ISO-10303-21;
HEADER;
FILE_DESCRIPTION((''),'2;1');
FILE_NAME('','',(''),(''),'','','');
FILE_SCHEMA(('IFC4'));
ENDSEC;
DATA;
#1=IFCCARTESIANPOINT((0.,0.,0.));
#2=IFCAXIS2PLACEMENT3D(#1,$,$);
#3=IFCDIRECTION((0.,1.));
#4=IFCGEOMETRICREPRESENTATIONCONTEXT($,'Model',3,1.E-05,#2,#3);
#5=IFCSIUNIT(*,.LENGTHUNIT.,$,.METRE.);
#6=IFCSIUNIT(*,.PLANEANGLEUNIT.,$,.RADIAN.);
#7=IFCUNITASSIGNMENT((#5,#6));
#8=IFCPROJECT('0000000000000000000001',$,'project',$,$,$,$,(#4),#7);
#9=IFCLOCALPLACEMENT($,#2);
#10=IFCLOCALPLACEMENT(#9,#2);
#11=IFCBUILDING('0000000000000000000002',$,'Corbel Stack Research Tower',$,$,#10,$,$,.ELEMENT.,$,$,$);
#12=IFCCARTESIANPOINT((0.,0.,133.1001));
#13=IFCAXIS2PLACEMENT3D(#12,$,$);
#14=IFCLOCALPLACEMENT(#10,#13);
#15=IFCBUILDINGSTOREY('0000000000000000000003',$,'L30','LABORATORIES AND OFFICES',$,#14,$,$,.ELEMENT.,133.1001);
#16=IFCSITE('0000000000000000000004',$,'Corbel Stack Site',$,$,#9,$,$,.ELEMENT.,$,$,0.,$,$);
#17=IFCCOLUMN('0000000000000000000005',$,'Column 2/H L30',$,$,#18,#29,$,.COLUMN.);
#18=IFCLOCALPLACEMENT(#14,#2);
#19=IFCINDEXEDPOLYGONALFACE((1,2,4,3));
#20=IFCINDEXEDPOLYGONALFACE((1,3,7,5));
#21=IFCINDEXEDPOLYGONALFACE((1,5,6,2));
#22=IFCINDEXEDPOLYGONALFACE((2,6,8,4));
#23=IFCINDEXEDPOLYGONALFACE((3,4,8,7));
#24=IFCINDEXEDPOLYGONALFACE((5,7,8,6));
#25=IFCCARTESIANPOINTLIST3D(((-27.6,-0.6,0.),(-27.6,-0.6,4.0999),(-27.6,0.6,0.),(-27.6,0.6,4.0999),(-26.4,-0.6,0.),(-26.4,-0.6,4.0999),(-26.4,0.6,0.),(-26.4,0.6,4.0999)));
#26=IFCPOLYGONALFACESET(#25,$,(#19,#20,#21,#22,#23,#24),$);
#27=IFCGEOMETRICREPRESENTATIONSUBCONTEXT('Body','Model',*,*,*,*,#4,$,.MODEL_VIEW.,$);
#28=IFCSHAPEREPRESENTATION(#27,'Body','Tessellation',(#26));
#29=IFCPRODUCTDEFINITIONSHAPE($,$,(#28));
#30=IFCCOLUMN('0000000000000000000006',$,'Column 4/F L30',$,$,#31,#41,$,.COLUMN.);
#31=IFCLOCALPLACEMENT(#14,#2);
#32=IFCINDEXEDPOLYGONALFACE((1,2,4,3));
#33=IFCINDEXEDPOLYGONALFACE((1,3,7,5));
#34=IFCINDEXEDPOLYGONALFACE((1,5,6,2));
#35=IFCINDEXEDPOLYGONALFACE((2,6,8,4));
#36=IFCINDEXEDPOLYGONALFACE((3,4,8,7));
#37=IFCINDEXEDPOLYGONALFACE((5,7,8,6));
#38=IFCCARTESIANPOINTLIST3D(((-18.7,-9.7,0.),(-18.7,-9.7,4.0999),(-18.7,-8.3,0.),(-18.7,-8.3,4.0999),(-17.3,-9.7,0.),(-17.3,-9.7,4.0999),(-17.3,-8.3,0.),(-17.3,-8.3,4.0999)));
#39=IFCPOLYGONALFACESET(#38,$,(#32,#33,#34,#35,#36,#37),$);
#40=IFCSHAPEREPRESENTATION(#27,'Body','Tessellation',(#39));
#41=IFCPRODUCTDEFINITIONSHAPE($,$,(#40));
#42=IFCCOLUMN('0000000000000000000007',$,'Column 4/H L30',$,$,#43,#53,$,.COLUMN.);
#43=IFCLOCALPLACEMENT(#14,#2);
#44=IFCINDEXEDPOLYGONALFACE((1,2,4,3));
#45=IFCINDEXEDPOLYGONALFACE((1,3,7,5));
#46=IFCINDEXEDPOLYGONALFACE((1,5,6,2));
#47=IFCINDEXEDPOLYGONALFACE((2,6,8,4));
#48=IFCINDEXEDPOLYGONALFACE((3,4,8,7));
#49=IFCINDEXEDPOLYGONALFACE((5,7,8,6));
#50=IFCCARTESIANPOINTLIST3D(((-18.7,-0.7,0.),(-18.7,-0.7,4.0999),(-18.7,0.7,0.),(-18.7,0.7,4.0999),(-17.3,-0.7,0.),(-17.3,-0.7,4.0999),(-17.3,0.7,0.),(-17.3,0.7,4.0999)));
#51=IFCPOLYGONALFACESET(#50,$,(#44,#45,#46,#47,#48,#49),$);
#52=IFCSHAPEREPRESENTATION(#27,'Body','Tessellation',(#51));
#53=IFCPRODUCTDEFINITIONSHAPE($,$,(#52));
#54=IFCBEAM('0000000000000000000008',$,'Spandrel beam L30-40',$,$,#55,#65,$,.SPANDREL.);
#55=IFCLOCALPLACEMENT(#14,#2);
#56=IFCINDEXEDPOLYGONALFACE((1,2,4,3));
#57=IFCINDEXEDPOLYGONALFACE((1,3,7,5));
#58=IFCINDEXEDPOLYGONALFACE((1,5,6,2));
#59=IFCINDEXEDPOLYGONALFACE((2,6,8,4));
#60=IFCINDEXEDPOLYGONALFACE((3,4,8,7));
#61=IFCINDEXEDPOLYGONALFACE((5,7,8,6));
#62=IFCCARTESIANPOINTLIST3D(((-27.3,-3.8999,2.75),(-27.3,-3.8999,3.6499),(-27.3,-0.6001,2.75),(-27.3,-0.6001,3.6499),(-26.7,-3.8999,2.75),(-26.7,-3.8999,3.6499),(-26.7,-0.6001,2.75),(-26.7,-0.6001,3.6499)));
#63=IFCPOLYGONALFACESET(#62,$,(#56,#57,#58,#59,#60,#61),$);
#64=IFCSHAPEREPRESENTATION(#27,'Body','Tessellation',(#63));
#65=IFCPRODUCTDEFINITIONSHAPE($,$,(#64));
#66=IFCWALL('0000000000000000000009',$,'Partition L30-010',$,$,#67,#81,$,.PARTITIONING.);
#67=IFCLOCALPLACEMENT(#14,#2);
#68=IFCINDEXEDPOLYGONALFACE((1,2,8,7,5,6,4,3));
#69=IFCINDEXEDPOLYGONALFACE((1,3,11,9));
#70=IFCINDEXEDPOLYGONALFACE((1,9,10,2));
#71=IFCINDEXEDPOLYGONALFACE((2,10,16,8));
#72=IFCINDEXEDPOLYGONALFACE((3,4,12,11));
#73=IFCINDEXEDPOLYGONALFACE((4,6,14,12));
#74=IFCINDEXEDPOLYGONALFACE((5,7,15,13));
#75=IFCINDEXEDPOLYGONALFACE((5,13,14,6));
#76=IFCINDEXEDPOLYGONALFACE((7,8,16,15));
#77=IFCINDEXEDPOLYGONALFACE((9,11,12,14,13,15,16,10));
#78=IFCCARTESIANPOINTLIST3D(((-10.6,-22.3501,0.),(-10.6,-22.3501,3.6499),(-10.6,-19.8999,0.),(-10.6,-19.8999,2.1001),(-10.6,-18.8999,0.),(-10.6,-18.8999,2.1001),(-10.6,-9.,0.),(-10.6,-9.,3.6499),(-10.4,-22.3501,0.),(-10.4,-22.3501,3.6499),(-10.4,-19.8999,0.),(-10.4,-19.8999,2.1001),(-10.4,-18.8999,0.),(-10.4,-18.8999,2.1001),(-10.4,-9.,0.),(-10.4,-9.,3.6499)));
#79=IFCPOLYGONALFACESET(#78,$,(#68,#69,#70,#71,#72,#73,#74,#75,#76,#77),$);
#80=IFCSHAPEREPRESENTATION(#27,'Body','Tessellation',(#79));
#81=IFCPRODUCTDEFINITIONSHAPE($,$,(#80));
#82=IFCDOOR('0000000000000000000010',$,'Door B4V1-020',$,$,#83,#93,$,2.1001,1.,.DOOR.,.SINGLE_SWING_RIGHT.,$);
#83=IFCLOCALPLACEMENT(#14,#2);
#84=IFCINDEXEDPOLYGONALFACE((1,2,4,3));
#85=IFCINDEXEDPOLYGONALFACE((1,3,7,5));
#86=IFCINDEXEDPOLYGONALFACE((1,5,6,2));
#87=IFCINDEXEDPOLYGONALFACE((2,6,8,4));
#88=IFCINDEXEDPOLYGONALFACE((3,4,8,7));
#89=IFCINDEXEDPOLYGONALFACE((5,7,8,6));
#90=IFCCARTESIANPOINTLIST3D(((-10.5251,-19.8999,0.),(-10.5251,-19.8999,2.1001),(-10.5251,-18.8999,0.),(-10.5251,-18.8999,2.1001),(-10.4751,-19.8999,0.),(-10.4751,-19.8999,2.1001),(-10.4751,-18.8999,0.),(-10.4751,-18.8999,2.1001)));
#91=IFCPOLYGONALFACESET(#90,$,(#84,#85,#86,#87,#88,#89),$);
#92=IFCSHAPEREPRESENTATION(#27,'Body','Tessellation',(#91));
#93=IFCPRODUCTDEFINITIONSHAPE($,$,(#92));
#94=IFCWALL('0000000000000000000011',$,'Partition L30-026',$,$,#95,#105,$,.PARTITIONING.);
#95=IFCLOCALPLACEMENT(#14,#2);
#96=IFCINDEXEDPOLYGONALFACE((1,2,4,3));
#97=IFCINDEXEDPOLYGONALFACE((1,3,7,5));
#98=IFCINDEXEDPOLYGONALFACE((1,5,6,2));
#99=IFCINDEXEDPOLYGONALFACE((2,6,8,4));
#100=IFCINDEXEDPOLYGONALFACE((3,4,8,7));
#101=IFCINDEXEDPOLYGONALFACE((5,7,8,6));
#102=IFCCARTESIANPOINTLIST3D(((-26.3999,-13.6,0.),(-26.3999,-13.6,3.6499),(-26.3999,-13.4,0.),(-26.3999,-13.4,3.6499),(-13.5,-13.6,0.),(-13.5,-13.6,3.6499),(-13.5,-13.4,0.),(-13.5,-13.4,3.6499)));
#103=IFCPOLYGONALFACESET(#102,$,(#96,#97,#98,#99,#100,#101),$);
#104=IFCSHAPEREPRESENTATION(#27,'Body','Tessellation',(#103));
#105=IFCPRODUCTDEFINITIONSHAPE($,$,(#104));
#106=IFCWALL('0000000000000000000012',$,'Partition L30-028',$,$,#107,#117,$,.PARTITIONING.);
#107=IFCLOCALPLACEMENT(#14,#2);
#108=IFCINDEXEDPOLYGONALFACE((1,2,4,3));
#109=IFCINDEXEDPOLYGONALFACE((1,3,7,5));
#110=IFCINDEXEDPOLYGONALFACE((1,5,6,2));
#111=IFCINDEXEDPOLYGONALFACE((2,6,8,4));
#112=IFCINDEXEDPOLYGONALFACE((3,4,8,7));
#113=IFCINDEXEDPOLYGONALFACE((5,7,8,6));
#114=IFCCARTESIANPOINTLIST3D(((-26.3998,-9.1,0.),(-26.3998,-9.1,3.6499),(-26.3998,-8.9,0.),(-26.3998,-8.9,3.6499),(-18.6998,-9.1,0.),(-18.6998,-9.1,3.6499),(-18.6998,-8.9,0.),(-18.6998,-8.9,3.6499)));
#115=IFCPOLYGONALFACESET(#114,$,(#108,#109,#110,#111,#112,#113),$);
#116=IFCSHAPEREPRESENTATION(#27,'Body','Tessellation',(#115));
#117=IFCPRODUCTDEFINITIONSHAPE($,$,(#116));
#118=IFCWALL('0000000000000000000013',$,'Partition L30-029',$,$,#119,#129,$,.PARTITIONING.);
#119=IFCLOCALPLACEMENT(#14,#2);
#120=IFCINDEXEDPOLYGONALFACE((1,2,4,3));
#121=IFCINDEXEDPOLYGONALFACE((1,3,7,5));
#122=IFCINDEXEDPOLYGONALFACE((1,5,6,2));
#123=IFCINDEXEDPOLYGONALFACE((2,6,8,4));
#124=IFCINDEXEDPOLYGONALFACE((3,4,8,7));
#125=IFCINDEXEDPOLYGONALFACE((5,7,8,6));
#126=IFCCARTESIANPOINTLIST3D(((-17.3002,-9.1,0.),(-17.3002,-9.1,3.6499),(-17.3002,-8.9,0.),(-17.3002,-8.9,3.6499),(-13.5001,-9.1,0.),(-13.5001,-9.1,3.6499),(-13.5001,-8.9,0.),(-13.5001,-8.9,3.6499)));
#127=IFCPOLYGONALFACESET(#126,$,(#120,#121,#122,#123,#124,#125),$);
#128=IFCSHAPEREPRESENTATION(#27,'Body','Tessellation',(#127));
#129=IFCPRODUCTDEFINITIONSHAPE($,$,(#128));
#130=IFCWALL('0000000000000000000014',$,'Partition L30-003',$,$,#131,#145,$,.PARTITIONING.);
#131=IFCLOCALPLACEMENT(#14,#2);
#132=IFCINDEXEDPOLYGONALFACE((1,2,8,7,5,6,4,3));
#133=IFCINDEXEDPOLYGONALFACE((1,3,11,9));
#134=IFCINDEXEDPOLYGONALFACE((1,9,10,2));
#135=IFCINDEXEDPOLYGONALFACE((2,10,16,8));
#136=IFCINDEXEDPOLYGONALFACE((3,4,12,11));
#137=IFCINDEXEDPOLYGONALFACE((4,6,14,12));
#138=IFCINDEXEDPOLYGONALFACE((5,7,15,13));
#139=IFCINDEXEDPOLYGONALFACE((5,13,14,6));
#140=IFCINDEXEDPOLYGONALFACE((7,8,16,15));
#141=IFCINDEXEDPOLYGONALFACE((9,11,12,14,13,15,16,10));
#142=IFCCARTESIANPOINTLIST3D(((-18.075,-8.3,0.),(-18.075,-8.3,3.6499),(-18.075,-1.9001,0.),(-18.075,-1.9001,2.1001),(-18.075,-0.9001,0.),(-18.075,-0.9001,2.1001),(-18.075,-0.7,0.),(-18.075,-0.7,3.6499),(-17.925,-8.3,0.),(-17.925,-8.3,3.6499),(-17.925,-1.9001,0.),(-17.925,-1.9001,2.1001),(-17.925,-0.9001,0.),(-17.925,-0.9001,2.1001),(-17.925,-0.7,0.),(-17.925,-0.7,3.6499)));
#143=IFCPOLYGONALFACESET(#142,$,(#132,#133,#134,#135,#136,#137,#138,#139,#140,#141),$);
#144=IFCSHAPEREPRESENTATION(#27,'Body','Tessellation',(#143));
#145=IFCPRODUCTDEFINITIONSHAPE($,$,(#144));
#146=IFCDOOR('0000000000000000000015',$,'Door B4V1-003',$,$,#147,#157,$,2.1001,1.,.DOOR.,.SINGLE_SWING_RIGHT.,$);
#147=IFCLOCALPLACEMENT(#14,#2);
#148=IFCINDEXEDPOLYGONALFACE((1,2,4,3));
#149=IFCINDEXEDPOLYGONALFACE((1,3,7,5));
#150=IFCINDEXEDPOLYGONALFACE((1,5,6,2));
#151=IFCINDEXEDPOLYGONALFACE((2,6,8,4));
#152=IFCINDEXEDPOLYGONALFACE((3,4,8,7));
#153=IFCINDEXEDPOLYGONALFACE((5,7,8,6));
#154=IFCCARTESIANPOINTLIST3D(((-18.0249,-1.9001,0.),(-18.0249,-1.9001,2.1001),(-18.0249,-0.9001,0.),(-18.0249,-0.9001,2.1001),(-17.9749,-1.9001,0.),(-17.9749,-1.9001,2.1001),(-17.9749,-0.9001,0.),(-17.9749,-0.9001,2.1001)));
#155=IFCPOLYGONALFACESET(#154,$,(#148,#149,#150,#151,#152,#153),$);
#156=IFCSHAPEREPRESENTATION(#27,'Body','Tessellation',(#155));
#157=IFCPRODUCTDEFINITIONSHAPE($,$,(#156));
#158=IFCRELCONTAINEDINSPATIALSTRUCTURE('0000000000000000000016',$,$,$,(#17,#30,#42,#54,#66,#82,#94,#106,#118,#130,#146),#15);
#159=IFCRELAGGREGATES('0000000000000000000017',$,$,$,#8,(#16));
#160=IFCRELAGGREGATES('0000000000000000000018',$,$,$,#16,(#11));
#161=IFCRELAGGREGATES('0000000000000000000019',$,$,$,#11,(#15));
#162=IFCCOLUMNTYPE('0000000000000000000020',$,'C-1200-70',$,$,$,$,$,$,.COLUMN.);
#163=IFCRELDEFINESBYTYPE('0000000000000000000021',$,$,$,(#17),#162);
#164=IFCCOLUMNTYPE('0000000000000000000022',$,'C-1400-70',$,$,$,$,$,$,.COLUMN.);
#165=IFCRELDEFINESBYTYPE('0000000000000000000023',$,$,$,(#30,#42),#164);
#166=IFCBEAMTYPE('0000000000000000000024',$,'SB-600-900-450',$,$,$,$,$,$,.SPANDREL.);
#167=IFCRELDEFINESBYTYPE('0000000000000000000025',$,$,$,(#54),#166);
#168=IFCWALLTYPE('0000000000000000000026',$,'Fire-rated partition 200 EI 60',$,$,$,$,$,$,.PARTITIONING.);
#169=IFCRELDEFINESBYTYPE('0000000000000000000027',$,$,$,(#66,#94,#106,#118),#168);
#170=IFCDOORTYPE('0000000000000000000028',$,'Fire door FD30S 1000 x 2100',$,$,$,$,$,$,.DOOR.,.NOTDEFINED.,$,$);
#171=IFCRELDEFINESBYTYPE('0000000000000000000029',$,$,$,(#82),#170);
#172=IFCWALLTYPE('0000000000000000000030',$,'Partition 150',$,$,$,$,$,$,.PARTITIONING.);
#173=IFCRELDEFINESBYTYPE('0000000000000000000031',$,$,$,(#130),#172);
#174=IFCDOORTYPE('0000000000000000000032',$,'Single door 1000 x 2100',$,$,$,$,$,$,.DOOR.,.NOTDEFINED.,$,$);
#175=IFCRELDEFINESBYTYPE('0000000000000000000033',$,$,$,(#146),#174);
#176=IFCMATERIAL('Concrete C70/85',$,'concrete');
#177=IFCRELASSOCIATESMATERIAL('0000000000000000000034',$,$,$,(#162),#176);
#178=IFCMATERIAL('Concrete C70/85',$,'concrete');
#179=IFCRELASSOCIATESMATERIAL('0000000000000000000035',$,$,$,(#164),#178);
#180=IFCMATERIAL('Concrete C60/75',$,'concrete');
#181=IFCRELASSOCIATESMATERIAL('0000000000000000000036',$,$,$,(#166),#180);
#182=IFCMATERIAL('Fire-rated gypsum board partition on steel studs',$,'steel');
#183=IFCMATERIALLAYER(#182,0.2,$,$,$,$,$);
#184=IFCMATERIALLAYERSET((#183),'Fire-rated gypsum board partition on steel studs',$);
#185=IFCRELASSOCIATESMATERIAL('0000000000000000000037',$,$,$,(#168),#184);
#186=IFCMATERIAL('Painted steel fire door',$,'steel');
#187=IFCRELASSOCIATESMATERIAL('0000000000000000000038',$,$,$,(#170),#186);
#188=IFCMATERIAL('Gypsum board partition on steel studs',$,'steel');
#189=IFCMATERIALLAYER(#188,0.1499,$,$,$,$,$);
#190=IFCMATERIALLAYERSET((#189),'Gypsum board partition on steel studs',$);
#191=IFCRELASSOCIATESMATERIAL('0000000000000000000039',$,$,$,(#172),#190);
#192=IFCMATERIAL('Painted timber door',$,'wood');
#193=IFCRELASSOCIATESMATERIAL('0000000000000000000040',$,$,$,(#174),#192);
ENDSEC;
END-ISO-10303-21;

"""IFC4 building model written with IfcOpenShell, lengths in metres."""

from ifc_helpers import new_model, si_unit, direction, frame, frame_2d, origin, origin_2d, place, context, subcontext, project, spatial, rectangle, extrude, material, layer, layer_set, material_profile, profile_set, type_object, element, fill, save


model = new_model("IFC4")

# Units and contexts
model_context = context("Model", 3, precision=1e-05, world=origin(), true_north=direction((0.0, 1.0)))
body_context = subcontext(model_context, "Body", "Model", "MODEL_VIEW")
ifc_project = project(units=[si_unit("LENGTHUNIT", "METRE"), si_unit("PLANEANGLEUNIT", "RADIAN")], contexts=[model_context])

# Site, building, storey
site_placement = place(None, origin())
site = spatial("IfcSite", under=ifc_project, at=site_placement, Name="Corbel Stack Site", CompositionType="ELEMENT", RefElevation=0.0)
building_placement = place(site_placement, origin())
building = spatial("IfcBuilding", under=site, at=building_placement, Name="Corbel Stack Research Tower", CompositionType="ELEMENT")
storey_placement = place(building_placement, frame((0.0, 0.0, 133.1001)))
storey = spatial("IfcBuildingStorey", under=building, at=storey_placement, Name="L30", Description="LABORATORIES AND OFFICES", CompositionType="ELEMENT", Elevation=133.1001)

# Columns
ifc_material_1 = material(Name="Concrete C70/85", Category="concrete")
ifc_material_profile_1 = material_profile(ifc_material_1, rectangle(XDim=1.2, YDim=1.2, at=origin_2d()), Name="RC 1200 x 1200")
ifc_profile_set_1 = profile_set([ifc_material_profile_1], Name="Concrete C70/85")
column_type_1 = type_object("IfcColumnType", Name="C-1200-70", PredefinedType="COLUMN", material=ifc_profile_set_1)
column_placement = place(storey_placement, frame((-27.0, 0.0, 0.0), z_axis=(0.0, 0.0, 1.0), x_axis=(1.0, 0.0, 0.0)))
element("IfcColumn", 1, at=column_placement, inside=storey, type_object=column_type_1, Name="Column 2/H L30", PredefinedType="COLUMN", context=body_context, shape_type="SweptSolid", body=[
    extrude(rectangle(XDim=1.2, YDim=1.2, at=origin_2d()), origin(), (0.0, 0.0, 1.0), 4.0999),
])
ifc_material_2 = material(Name="Concrete C70/85", Category="concrete")
ifc_material_profile_2 = material_profile(ifc_material_2, rectangle(XDim=1.3999, YDim=1.3999, at=origin_2d()), Name="RC 1400 x 1400")
ifc_profile_set_2 = profile_set([ifc_material_profile_2], Name="Concrete C70/85")
column_type_2 = type_object("IfcColumnType", Name="C-1400-70", PredefinedType="COLUMN", material=ifc_profile_set_2)
for number, where, z_axis, x_axis, name in (
    (2, (-18.0, -9.0, 0.0), (0.0, 0.0, 1.0), (1.0, 0.0, 0.0), "Column 4/F L30"),
    (3, (-18.0, 0.0, 0.0), (0.0, 0.0, 1.0), (1.0, 0.0, 0.0), "Column 4/H L30"),
):
    element("IfcColumn", number, at=place(storey_placement, frame(where, z_axis=z_axis, x_axis=x_axis)), inside=storey, type_object=column_type_2, Name=name, PredefinedType="COLUMN", context=body_context, shape_type="SweptSolid", body=[
        extrude(rectangle(XDim=1.3999, YDim=1.3999, at=origin_2d()), origin(), (0.0, 0.0, 1.0), 4.0999),
    ])

# Beam
ifc_material_3 = material(Name="Concrete C60/75", Category="concrete")
ifc_material_profile_3 = material_profile(ifc_material_3, rectangle(XDim=0.6001, YDim=0.8999, at=origin_2d()), Name="RC 600 x 900")
ifc_profile_set_3 = profile_set([ifc_material_profile_3], Name="Concrete C60/75")
beam_type = type_object("IfcBeamType", Name="SB-600-900-450", PredefinedType="SPANDREL", material=ifc_profile_set_3)
beam_placement = place(storey_placement, frame((-27.0, -0.6001, 3.2), z_axis=(0.0, -1.0, 0.0), x_axis=(1.0, 0.0, 0.0)))
element("IfcBeam", 4, at=beam_placement, inside=storey, type_object=beam_type, Name="Spandrel beam L30-40", PredefinedType="SPANDREL", context=body_context, shape_type="SweptSolid", body=[
    extrude(rectangle(XDim=0.6001, YDim=0.8999, at=origin_2d()), origin(), (0.0, 0.0, 1.0), 3.2998),
])

# Wall, opening, door
ifc_material_4 = material(Name="Fire-rated gypsum board partition on steel studs", Category="steel")
ifc_layer_1 = layer(ifc_material_4, 0.2)
ifc_layer_set_1 = layer_set([ifc_layer_1], Name="Fire-rated gypsum board partition on steel studs")
wall_type_1 = type_object("IfcWallType", Name="Fire-rated partition 200 EI 60", PredefinedType="PARTITIONING", material=ifc_layer_set_1)
wall_1_placement = place(storey_placement, frame((-10.5, -9.0, 0.0), z_axis=(0.0, 0.0, 1.0), x_axis=(0.0, -1.0, 0.0)))
wall_1 = element("IfcWall", 5, at=wall_1_placement, inside=storey, type_object=wall_type_1, Name="Partition L30-010", PredefinedType="PARTITIONING", context=body_context, shape_type="SweptSolid", body=[
    extrude(rectangle(XDim=13.3501, YDim=0.2, at=frame_2d((6.675, 0.0))), origin(), (0.0, 0.0, 1.0), 3.6499),
])
opening_1_placement = place(wall_1_placement, frame((9.8999, 0.0, 0.0)))
opening_1 = element("IfcOpeningElement", 6, at=opening_1_placement, cuts=wall_1, PredefinedType="OPENING", context=body_context, shape_type="SweptSolid", body=[
    extrude(rectangle(XDim=1.0, YDim=2.1001, at=frame_2d((0.5, 1.05))), frame((0.0, 0.1099, 0.0), z_axis=(0.0, -1.0, 0.0), x_axis=(1.0, 0.0, 0.0)), (0.0, 0.0, 1.0), 0.22),
])
ifc_material_5 = material(Name="Painted steel fire door", Category="steel")
door_type_1 = type_object("IfcDoorType", Name="Fire door FD30S 1000 x 2100", OperationType="NOTDEFINED", PredefinedType="DOOR", material=ifc_material_5)
door_1_placement = place(opening_1_placement, origin())
door_1 = element("IfcDoor", 7, at=door_1_placement, inside=storey, type_object=door_type_1, Name="Door B4V1-020", OperationType="SINGLE_SWING_RIGHT", OverallHeight=2.1001, OverallWidth=1.0, PredefinedType="DOOR", context=body_context, shape_type="SweptSolid", body=[
    extrude(rectangle(XDim=1.0, YDim=2.1001, at=frame_2d((0.5, 1.05))), frame((0.0, 0.0249, 0.0), z_axis=(0.0, -1.0, 0.0), x_axis=(1.0, 0.0, 0.0)), (0.0, 0.0, 1.0), 0.05),
])
fill(opening_1, door_1)

# Walls
wall_2_placement = place(storey_placement, frame((-26.3999, -13.5, 0.0), z_axis=(0.0, 0.0, 1.0), x_axis=(1.0, 0.0, 0.0)))
element("IfcWall", 8, at=wall_2_placement, inside=storey, type_object=wall_type_1, Name="Partition L30-026", PredefinedType="PARTITIONING", context=body_context, shape_type="SweptSolid", body=[
    extrude(rectangle(XDim=12.8999, YDim=0.2, at=frame_2d((6.45, 0.0))), origin(), (0.0, 0.0, 1.0), 3.6499),
])
wall_3_placement = place(storey_placement, frame((-26.3999, -9.0, 0.0), z_axis=(0.0, 0.0, 1.0), x_axis=(1.0, 0.0, 0.0)))
element("IfcWall", 9, at=wall_3_placement, inside=storey, type_object=wall_type_1, Name="Partition L30-028", PredefinedType="PARTITIONING", context=body_context, shape_type="SweptSolid", body=[
    extrude(rectangle(XDim=7.7, YDim=0.2, at=frame_2d((3.8501, 0.0))), origin(), (0.0, 0.0, 1.0), 3.6499),
])
wall_4_placement = place(storey_placement, frame((-17.3, -9.0, 0.0), z_axis=(0.0, 0.0, 1.0), x_axis=(1.0, 0.0, 0.0)))
element("IfcWall", 10, at=wall_4_placement, inside=storey, type_object=wall_type_1, Name="Partition L30-029", PredefinedType="PARTITIONING", context=body_context, shape_type="SweptSolid", body=[
    extrude(rectangle(XDim=3.8, YDim=0.2, at=frame_2d((1.8999, 0.0))), origin(), (0.0, 0.0, 1.0), 3.6499),
])

# Wall, opening, door
ifc_material_6 = material(Name="Gypsum board partition on steel studs", Category="steel")
ifc_layer_2 = layer(ifc_material_6, 0.1499)
ifc_layer_set_2 = layer_set([ifc_layer_2], Name="Gypsum board partition on steel studs")
wall_type_2 = type_object("IfcWallType", Name="Partition 150", PredefinedType="PARTITIONING", material=ifc_layer_set_2)
wall_5_placement = place(storey_placement, frame((-18.0, -8.3, 0.0), z_axis=(0.0, 0.0, 1.0), x_axis=(0.0, 1.0, 0.0)))
wall_5 = element("IfcWall", 11, at=wall_5_placement, inside=storey, type_object=wall_type_2, Name="Partition L30-003", PredefinedType="PARTITIONING", context=body_context, shape_type="SweptSolid", body=[
    extrude(rectangle(XDim=7.6001, YDim=0.1499, at=frame_2d((3.8, 0.0))), origin(), (0.0, 0.0, 1.0), 3.6499),
])
opening_2_placement = place(wall_5_placement, frame((6.3999, 0.0, 0.0)))
opening_2 = element("IfcOpeningElement", 12, at=opening_2_placement, cuts=wall_5, PredefinedType="OPENING", context=body_context, shape_type="SweptSolid", body=[
    extrude(rectangle(XDim=1.0, YDim=2.1001, at=frame_2d((0.5, 1.05))), frame((0.0, 0.085, 0.0), z_axis=(0.0, -1.0, 0.0), x_axis=(1.0, 0.0, 0.0)), (0.0, 0.0, 1.0), 0.1699),
])
ifc_material_7 = material(Name="Painted timber door", Category="wood")
door_type_2 = type_object("IfcDoorType", Name="Single door 1000 x 2100", OperationType="NOTDEFINED", PredefinedType="DOOR", material=ifc_material_7)
door_2_placement = place(opening_2_placement, origin())
door_2 = element("IfcDoor", 13, at=door_2_placement, inside=storey, type_object=door_type_2, Name="Door B4V1-003", OperationType="SINGLE_SWING_RIGHT", OverallHeight=2.1001, OverallWidth=1.0, PredefinedType="DOOR", context=body_context, shape_type="SweptSolid", body=[
    extrude(rectangle(XDim=1.0, YDim=2.1001, at=frame_2d((0.5, 1.05))), frame((0.0, 0.0249, 0.0), z_axis=(0.0, -1.0, 0.0), x_axis=(1.0, 0.0, 0.0)), (0.0, 0.0, 1.0), 0.05),
])
fill(opening_2, door_2)

save(model, "model.ifc")
